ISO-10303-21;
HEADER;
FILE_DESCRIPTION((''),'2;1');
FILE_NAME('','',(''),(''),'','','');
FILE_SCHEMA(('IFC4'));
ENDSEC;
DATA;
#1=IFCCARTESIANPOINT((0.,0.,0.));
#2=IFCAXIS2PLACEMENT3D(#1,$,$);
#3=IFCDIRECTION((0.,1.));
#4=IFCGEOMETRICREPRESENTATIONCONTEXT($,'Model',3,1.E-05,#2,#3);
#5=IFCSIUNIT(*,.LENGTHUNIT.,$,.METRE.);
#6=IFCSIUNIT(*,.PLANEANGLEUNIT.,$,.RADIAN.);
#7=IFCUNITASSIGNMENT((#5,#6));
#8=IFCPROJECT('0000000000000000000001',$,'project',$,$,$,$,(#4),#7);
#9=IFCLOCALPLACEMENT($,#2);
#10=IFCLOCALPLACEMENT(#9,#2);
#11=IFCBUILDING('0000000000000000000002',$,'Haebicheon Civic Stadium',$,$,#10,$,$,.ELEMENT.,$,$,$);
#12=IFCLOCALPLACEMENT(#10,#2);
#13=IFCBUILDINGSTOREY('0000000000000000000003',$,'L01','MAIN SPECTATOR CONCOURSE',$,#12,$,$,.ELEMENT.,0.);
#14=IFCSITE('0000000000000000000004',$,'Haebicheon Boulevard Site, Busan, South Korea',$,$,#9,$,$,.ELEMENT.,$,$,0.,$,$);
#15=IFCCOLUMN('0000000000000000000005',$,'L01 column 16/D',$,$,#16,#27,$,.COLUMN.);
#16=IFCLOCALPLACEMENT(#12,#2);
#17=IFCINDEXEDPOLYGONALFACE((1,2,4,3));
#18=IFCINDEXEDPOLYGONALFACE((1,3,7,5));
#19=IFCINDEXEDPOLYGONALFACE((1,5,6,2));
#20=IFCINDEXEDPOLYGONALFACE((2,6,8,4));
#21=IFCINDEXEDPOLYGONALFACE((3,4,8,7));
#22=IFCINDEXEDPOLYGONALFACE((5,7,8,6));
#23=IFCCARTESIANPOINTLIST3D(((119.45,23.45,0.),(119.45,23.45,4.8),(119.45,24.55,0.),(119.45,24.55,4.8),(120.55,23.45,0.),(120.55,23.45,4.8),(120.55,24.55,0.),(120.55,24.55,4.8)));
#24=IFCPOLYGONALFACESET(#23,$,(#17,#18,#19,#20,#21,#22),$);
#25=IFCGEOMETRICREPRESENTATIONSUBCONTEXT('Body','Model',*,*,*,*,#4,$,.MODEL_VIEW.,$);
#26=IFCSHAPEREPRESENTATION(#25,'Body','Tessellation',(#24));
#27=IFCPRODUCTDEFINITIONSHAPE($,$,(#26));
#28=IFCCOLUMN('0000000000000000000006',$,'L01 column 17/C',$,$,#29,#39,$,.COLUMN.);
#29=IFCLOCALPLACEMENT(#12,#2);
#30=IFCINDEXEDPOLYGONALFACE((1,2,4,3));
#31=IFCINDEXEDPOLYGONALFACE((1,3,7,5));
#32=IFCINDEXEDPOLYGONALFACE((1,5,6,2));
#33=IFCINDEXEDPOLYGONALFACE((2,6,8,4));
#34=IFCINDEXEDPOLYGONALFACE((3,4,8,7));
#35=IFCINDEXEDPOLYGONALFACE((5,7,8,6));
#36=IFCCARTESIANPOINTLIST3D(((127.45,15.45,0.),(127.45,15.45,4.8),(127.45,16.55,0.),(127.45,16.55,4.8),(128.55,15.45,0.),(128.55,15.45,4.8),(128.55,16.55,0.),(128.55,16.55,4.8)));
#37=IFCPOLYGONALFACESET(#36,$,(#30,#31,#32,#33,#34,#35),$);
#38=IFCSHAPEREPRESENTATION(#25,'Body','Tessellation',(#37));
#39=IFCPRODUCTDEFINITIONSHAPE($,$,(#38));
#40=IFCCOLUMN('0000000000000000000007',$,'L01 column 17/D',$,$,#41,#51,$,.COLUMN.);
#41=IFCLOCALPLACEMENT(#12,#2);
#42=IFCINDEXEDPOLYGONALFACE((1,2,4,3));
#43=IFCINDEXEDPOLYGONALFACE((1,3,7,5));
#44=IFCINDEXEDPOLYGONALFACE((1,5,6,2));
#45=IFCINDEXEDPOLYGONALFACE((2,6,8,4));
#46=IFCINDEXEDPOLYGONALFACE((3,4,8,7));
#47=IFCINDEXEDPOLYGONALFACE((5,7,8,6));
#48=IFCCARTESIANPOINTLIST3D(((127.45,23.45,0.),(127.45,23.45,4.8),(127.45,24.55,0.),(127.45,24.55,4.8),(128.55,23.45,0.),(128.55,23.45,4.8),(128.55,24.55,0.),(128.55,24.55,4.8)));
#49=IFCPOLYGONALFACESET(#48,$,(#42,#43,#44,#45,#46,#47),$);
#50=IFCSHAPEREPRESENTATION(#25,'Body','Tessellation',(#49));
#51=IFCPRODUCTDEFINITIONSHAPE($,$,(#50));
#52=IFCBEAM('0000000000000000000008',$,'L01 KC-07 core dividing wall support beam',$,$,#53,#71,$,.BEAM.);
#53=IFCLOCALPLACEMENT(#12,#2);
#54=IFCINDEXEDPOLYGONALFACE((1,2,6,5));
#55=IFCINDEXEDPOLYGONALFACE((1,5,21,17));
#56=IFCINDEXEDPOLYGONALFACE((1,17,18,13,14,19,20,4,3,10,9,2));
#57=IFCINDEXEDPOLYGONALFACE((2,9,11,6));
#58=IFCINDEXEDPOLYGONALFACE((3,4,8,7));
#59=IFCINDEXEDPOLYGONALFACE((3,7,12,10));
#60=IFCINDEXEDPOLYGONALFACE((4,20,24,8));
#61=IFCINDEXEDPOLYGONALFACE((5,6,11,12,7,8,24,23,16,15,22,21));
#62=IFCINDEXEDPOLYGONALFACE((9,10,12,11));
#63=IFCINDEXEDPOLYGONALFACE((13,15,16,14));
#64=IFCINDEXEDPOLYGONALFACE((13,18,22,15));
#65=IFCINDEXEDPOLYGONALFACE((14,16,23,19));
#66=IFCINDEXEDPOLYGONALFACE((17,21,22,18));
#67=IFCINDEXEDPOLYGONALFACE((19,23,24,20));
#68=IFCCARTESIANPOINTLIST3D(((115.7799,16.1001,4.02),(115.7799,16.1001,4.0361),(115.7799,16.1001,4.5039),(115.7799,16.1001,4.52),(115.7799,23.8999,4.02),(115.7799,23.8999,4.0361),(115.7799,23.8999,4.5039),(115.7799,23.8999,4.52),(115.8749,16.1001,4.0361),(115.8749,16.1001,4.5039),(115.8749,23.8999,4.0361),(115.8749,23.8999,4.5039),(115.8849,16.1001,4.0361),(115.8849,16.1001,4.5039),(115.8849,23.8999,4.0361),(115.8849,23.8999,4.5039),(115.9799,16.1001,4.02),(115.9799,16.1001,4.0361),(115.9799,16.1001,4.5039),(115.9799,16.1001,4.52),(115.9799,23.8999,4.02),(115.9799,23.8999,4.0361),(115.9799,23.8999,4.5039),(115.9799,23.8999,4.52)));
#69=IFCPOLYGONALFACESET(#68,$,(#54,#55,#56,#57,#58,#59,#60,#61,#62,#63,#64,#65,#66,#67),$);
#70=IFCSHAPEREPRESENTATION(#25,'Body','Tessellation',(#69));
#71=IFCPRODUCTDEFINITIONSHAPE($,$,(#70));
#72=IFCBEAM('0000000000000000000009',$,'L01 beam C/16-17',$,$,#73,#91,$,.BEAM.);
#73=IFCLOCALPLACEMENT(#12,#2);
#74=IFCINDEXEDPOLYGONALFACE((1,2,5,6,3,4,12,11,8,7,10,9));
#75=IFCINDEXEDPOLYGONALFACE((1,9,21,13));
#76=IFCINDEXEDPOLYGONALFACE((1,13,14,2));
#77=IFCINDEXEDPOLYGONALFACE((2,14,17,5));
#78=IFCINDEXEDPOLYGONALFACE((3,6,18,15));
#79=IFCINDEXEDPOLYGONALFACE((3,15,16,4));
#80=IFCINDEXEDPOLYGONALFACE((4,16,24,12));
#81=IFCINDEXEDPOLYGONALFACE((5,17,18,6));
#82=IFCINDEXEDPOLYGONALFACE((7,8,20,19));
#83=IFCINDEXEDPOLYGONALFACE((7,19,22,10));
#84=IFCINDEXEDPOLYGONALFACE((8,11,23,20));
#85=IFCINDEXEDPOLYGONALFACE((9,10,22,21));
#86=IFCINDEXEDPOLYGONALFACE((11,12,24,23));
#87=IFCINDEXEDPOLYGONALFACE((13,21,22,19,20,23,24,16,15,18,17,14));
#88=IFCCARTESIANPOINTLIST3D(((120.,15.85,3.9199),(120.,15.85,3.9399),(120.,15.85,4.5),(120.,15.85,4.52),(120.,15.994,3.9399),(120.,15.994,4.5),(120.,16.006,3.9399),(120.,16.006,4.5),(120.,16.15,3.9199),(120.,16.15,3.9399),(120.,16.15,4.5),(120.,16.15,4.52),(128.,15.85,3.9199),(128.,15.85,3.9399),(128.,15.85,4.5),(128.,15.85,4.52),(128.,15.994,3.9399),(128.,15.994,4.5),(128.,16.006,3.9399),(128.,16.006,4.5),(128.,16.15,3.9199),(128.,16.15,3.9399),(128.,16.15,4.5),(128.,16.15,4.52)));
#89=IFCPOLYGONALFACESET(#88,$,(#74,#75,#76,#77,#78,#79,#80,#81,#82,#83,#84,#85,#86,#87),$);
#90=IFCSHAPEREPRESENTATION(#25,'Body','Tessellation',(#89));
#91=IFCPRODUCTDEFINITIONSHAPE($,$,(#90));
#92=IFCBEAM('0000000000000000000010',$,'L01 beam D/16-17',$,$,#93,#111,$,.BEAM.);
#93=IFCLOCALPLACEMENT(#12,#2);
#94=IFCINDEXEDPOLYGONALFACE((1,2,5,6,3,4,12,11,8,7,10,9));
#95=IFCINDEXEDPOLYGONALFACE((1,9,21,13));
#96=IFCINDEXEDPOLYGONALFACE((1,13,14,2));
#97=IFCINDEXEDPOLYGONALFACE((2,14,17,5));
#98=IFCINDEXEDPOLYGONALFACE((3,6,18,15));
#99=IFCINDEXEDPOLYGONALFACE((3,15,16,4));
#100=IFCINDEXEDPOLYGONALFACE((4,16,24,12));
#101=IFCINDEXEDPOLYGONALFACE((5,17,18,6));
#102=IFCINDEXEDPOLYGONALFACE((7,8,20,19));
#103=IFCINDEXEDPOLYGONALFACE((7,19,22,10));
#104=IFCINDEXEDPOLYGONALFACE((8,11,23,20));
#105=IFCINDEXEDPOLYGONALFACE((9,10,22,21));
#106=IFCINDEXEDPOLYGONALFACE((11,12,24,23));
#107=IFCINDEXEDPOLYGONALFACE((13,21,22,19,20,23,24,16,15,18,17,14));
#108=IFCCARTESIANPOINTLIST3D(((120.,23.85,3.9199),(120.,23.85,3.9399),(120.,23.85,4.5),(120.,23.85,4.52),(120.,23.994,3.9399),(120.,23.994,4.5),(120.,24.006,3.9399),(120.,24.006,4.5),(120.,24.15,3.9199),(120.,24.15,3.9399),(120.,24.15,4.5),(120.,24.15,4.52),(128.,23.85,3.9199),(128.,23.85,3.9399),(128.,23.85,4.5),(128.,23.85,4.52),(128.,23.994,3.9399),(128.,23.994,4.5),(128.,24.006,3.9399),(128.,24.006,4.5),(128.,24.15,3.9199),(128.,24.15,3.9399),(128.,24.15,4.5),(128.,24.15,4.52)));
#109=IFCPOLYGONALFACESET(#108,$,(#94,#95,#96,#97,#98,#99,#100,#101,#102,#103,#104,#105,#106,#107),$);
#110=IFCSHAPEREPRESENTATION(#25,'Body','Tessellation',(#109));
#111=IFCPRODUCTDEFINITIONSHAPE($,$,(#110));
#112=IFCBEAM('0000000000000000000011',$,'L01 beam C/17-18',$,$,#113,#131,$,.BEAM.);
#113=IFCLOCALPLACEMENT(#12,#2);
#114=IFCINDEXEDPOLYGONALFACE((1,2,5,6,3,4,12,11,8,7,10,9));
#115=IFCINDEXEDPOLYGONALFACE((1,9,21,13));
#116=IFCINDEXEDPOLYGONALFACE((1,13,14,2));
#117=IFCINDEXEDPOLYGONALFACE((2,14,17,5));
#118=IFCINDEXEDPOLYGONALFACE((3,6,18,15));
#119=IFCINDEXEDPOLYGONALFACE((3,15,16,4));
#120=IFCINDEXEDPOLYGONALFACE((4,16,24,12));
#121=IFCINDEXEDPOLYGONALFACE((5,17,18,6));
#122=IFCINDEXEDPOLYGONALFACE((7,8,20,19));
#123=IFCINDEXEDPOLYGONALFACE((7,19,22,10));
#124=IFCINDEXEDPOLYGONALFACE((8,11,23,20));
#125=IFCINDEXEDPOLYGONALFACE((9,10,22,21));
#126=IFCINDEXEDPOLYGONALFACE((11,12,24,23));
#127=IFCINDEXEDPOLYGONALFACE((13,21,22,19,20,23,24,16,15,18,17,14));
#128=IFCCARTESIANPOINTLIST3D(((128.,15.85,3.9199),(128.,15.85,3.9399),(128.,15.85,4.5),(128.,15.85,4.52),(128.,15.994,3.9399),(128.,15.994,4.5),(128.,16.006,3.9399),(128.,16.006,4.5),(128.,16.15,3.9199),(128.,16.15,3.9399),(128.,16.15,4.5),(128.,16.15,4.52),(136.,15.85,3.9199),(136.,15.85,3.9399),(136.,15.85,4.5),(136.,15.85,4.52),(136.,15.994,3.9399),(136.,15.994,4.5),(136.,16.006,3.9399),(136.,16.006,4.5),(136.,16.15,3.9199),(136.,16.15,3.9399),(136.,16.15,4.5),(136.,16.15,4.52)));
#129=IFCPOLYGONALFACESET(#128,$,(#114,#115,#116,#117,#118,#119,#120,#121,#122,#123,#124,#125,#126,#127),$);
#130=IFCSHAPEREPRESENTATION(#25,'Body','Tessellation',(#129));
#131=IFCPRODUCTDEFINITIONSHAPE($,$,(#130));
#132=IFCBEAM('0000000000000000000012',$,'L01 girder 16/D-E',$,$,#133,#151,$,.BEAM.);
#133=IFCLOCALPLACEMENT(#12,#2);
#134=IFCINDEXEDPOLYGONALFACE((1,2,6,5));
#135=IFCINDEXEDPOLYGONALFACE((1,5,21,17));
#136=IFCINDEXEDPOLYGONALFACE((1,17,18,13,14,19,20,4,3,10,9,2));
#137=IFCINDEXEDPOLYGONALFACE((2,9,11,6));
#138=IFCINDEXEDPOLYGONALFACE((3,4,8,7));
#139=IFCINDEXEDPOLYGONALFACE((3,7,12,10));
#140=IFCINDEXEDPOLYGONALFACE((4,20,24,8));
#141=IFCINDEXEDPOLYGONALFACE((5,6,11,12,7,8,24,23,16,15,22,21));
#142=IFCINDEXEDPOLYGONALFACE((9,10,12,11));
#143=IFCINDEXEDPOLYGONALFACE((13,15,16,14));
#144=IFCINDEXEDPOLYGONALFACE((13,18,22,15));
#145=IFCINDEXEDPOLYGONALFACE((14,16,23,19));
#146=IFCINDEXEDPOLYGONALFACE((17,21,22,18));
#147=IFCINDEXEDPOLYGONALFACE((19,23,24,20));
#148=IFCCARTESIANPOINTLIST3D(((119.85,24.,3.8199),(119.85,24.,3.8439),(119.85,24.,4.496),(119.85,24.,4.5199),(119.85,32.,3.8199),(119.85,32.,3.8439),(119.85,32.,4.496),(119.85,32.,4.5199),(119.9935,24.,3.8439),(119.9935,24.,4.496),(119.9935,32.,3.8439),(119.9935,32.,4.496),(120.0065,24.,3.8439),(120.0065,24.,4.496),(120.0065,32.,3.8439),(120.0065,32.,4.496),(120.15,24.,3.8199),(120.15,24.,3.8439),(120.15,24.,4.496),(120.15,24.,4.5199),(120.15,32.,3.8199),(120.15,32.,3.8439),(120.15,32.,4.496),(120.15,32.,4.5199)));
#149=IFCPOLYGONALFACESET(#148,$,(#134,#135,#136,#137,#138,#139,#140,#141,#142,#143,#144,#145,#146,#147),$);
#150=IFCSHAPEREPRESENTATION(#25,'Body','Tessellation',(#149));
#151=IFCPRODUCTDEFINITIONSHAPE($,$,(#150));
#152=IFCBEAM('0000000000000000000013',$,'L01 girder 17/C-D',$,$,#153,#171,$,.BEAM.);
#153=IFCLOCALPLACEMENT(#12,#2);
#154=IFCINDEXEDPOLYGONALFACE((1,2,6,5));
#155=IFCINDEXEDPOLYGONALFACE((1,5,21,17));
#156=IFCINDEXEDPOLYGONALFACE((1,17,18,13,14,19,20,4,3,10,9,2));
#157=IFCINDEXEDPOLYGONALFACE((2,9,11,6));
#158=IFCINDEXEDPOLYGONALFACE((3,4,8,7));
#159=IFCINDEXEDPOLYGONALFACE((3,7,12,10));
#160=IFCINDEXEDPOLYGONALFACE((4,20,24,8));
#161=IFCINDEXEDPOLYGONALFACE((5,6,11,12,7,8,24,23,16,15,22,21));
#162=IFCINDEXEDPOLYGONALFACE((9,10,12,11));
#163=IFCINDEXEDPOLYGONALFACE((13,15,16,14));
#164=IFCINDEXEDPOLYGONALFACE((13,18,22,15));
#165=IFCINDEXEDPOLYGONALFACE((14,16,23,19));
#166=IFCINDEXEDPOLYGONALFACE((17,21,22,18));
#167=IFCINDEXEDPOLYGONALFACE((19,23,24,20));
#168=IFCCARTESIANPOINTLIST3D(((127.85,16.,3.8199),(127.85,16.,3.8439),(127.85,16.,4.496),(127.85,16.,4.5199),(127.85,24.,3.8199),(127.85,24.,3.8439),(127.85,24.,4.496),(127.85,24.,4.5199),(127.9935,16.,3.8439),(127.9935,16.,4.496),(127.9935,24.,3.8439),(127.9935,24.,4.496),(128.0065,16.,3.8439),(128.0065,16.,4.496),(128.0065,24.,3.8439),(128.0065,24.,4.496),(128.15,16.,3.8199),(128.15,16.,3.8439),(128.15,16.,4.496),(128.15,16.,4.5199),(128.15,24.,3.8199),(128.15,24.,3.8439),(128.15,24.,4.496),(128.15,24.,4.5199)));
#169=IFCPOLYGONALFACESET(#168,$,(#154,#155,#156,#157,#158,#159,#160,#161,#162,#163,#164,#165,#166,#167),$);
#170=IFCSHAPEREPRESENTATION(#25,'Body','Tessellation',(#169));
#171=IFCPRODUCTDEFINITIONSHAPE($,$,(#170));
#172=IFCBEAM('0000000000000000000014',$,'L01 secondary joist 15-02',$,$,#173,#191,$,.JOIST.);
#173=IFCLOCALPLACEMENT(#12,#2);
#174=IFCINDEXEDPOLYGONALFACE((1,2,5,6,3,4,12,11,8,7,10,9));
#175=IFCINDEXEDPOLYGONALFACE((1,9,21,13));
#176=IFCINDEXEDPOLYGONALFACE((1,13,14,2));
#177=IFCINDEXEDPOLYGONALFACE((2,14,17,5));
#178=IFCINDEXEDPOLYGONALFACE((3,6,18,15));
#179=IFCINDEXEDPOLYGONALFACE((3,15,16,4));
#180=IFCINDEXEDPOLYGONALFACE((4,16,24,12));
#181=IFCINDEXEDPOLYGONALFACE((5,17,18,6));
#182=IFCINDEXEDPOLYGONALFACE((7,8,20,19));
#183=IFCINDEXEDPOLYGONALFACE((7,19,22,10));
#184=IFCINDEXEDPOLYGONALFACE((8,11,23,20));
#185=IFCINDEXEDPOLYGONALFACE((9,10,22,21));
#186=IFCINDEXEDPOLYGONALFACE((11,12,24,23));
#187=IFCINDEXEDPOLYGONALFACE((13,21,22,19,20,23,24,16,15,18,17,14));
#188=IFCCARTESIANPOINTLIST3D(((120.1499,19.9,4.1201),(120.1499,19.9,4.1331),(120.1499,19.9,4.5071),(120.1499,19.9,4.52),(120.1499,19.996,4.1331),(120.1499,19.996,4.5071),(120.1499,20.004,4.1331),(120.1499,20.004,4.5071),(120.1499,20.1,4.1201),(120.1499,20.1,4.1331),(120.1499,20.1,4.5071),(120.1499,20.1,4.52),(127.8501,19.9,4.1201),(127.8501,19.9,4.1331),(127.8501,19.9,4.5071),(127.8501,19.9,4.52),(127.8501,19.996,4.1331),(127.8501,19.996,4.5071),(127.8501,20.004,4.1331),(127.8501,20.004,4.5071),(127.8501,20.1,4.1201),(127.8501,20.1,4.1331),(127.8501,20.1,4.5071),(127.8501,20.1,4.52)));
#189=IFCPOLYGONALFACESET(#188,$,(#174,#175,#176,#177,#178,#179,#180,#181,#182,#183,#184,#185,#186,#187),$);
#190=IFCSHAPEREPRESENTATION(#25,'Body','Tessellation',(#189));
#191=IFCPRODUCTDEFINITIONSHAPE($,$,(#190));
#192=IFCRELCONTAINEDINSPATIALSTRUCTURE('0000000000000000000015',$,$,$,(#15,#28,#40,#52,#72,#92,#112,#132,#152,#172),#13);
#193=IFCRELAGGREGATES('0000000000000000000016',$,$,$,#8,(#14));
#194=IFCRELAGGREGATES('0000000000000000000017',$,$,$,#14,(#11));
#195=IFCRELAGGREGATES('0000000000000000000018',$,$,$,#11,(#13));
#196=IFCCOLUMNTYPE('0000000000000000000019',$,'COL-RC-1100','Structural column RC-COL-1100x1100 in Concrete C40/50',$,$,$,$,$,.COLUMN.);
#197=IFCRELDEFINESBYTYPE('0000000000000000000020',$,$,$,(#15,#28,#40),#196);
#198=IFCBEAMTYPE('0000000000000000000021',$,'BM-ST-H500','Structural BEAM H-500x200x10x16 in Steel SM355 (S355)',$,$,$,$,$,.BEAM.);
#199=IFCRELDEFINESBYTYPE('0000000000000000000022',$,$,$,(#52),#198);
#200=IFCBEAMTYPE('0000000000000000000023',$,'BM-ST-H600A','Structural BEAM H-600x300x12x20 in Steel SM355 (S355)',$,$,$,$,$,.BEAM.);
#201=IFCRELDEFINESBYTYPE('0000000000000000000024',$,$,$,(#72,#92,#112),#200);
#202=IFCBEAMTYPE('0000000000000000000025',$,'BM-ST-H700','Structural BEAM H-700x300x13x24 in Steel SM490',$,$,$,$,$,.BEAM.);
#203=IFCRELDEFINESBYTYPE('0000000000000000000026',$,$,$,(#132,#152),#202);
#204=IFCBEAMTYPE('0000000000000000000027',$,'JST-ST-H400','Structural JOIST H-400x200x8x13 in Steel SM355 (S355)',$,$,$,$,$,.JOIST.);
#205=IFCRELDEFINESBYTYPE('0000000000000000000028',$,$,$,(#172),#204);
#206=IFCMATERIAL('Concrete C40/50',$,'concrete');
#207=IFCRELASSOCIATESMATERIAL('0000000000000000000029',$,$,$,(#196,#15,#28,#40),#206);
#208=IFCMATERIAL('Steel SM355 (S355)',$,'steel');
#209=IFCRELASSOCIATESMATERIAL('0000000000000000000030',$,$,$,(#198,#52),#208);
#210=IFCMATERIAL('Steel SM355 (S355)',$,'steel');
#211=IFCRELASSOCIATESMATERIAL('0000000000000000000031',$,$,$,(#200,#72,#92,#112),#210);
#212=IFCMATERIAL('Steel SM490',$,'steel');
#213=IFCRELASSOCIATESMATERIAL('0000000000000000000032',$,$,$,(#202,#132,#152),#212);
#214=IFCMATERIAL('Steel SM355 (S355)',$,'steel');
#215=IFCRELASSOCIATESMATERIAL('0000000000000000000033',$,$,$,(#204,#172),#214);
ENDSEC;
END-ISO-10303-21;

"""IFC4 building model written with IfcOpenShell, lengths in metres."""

from ifc_helpers import new_model, si_unit, direction, frame, origin, origin_2d, place, context, subcontext, project, spatial, rectangle, i_section, extrude, material, material_profile, profile_set, type_object, element, save


model = new_model("IFC4")

# Units and contexts
model_context = context("Model", 3, precision=1e-05, world=origin(), true_north=direction((0.0, 1.0)))
body_context = subcontext(model_context, "Body", "Model", "MODEL_VIEW")
ifc_project = project(units=[si_unit("LENGTHUNIT", "METRE"), si_unit("PLANEANGLEUNIT", "RADIAN")], contexts=[model_context])

# Site, building, storey
site_placement = place(None, origin())
site = spatial("IfcSite", under=ifc_project, at=site_placement, Name="Haebicheon Boulevard Site, Busan, South Korea", CompositionType="ELEMENT", RefElevation=0.0)
building_placement = place(site_placement, origin())
building = spatial("IfcBuilding", under=site, at=building_placement, Name="Haebicheon Civic Stadium", CompositionType="ELEMENT")
storey_placement = place(building_placement, origin())
storey = spatial("IfcBuildingStorey", under=building, at=storey_placement, Name="L01", Description="MAIN SPECTATOR CONCOURSE", CompositionType="ELEMENT", Elevation=0.0)

# Columns
ifc_material_1 = material(Name="Concrete C40/50", Category="concrete")
ifc_material_profile_1 = material_profile(ifc_material_1, rectangle(XDim=1.1001, YDim=1.1001, at=origin_2d()), Name="RC-COL-1100x1100")
ifc_profile_set_1 = profile_set([ifc_material_profile_1], Name="Concrete C40/50")
column_type = type_object("IfcColumnType", Name="COL-RC-1100", Description="Structural column RC-COL-1100x1100 in Concrete C40/50", PredefinedType="COLUMN", material=ifc_profile_set_1)
for number, where, z_axis, x_axis, name in (
    (1, (120.0, 24.0, 0.0), (0.0, 0.0, 1.0), (1.0, 0.0, 0.0), "L01 column 16/D"),
    (2, (128.0, 16.0, 0.0), (0.0, 0.0, 1.0), (1.0, 0.0, 0.0), "L01 column 17/C"),
    (3, (128.0, 24.0, 0.0), (0.0, 0.0, 1.0), (1.0, 0.0, 0.0), "L01 column 17/D"),
):
    element("IfcColumn", number, at=place(storey_placement, frame(where, z_axis=z_axis, x_axis=x_axis)), inside=storey, type_object=column_type, material=ifc_profile_set_1, Name=name, PredefinedType="COLUMN", context=body_context, shape_type="SweptSolid", body=[
        extrude(rectangle(XDim=1.1001, YDim=1.1001, at=origin_2d()), origin(), (0.0, 0.0, 1.0), 4.8),
    ])

# Beams
ifc_material_2 = material(Name="Steel SM355 (S355)", Category="steel")
ifc_material_profile_2 = material_profile(ifc_material_2, i_section(OverallWidth=0.2, OverallDepth=0.5, WebThickness=0.01, FlangeThickness=0.0161, at=origin_2d()), Name="H-500x200x10x16")
ifc_profile_set_2 = profile_set([ifc_material_profile_2], Name="Steel SM355 (S355)")
beam_type_1 = type_object("IfcBeamType", Name="BM-ST-H500", Description="Structural BEAM H-500x200x10x16 in Steel SM355 (S355)", PredefinedType="BEAM", material=ifc_profile_set_2)
beam_placement = place(storey_placement, frame((115.8799, 16.1001, 4.27), z_axis=(0.0, 1.0, 0.0), x_axis=(-1.0, 0.0, 0.0)))
element("IfcBeam", 4, at=beam_placement, inside=storey, type_object=beam_type_1, material=ifc_profile_set_2, Name="L01 KC-07 core dividing wall support beam", PredefinedType="BEAM", context=body_context, shape_type="SweptSolid", body=[
    extrude(i_section(OverallWidth=0.2, OverallDepth=0.5, WebThickness=0.01, FlangeThickness=0.0161, at=origin_2d()), origin(), (0.0, 0.0, 1.0), 7.7998),
])
ifc_material_3 = material(Name="Steel SM355 (S355)", Category="steel")
ifc_material_profile_3 = material_profile(ifc_material_3, i_section(OverallWidth=0.3, OverallDepth=0.6001, WebThickness=0.012, FlangeThickness=0.02, at=origin_2d()), Name="H-600x300x12x20")
ifc_profile_set_3 = profile_set([ifc_material_profile_3], Name="Steel SM355 (S355)")
beam_type_2 = type_object("IfcBeamType", Name="BM-ST-H600A", Description="Structural BEAM H-600x300x12x20 in Steel SM355 (S355)", PredefinedType="BEAM", material=ifc_profile_set_3)
for number, where, z_axis, x_axis, name in (
    (5, (120.0, 16.0, 4.22), (1.0, 0.0, 0.0), (0.0, 1.0, 0.0), "L01 beam C/16-17"),
    (6, (120.0, 24.0, 4.22), (1.0, 0.0, 0.0), (0.0, 1.0, 0.0), "L01 beam D/16-17"),
    (7, (128.0, 16.0, 4.22), (1.0, 0.0, 0.0), (0.0, 1.0, 0.0), "L01 beam C/17-18"),
):
    element("IfcBeam", number, at=place(storey_placement, frame(where, z_axis=z_axis, x_axis=x_axis)), inside=storey, type_object=beam_type_2, material=ifc_profile_set_3, Name=name, PredefinedType="BEAM", context=body_context, shape_type="SweptSolid", body=[
        extrude(i_section(OverallWidth=0.3, OverallDepth=0.6001, WebThickness=0.012, FlangeThickness=0.02, at=origin_2d()), origin(), (0.0, 0.0, 1.0), 8.0),
    ])
ifc_material_4 = material(Name="Steel SM490", Category="steel")
ifc_material_profile_4 = material_profile(ifc_material_4, i_section(OverallWidth=0.3, OverallDepth=0.7, WebThickness=0.0129, FlangeThickness=0.0239, at=origin_2d()), Name="H-700x300x13x24")
ifc_profile_set_4 = profile_set([ifc_material_profile_4], Name="Steel SM490")
beam_type_3 = type_object("IfcBeamType", Name="BM-ST-H700", Description="Structural BEAM H-700x300x13x24 in Steel SM490", PredefinedType="BEAM", material=ifc_profile_set_4)
for number, where, z_axis, x_axis, name in (
    (8, (120.0, 24.0, 4.1699), (0.0, 1.0, 0.0), (-1.0, 0.0, 0.0), "L01 girder 16/D-E"),
    (9, (128.0, 16.0, 4.1699), (0.0, 1.0, 0.0), (-1.0, 0.0, 0.0), "L01 girder 17/C-D"),
):
    element("IfcBeam", number, at=place(storey_placement, frame(where, z_axis=z_axis, x_axis=x_axis)), inside=storey, type_object=beam_type_3, material=ifc_profile_set_4, Name=name, PredefinedType="BEAM", context=body_context, shape_type="SweptSolid", body=[
        extrude(i_section(OverallWidth=0.3, OverallDepth=0.7, WebThickness=0.0129, FlangeThickness=0.0239, at=origin_2d()), origin(), (0.0, 0.0, 1.0), 8.0),
    ])
ifc_material_5 = material(Name="Steel SM355 (S355)", Category="steel")
ifc_material_profile_5 = material_profile(ifc_material_5, i_section(OverallWidth=0.2, OverallDepth=0.3999, WebThickness=0.0081, FlangeThickness=0.0129, at=origin_2d()), Name="H-400x200x8x13")
ifc_profile_set_5 = profile_set([ifc_material_profile_5], Name="Steel SM355 (S355)")
beam_type_4 = type_object("IfcBeamType", Name="JST-ST-H400", Description="Structural JOIST H-400x200x8x13 in Steel SM355 (S355)", PredefinedType="JOIST", material=ifc_profile_set_5)
for number, where, z_axis, x_axis, name in (
    (10, (120.1499, 20.0, 4.3201), (1.0, 0.0, 0.0), (0.0, 1.0, 0.0), "L01 secondary joist 15-02"),
):
    element("IfcBeam", number, at=place(storey_placement, frame(where, z_axis=z_axis, x_axis=x_axis)), inside=storey, type_object=beam_type_4, material=ifc_profile_set_5, Name=name, PredefinedType="JOIST", context=body_context, shape_type="SweptSolid", body=[
        extrude(i_section(OverallWidth=0.2, OverallDepth=0.3999, WebThickness=0.0081, FlangeThickness=0.0129, at=origin_2d()), origin(), (0.0, 0.0, 1.0), 7.7002),
    ])

save(model, "model.ifc")
